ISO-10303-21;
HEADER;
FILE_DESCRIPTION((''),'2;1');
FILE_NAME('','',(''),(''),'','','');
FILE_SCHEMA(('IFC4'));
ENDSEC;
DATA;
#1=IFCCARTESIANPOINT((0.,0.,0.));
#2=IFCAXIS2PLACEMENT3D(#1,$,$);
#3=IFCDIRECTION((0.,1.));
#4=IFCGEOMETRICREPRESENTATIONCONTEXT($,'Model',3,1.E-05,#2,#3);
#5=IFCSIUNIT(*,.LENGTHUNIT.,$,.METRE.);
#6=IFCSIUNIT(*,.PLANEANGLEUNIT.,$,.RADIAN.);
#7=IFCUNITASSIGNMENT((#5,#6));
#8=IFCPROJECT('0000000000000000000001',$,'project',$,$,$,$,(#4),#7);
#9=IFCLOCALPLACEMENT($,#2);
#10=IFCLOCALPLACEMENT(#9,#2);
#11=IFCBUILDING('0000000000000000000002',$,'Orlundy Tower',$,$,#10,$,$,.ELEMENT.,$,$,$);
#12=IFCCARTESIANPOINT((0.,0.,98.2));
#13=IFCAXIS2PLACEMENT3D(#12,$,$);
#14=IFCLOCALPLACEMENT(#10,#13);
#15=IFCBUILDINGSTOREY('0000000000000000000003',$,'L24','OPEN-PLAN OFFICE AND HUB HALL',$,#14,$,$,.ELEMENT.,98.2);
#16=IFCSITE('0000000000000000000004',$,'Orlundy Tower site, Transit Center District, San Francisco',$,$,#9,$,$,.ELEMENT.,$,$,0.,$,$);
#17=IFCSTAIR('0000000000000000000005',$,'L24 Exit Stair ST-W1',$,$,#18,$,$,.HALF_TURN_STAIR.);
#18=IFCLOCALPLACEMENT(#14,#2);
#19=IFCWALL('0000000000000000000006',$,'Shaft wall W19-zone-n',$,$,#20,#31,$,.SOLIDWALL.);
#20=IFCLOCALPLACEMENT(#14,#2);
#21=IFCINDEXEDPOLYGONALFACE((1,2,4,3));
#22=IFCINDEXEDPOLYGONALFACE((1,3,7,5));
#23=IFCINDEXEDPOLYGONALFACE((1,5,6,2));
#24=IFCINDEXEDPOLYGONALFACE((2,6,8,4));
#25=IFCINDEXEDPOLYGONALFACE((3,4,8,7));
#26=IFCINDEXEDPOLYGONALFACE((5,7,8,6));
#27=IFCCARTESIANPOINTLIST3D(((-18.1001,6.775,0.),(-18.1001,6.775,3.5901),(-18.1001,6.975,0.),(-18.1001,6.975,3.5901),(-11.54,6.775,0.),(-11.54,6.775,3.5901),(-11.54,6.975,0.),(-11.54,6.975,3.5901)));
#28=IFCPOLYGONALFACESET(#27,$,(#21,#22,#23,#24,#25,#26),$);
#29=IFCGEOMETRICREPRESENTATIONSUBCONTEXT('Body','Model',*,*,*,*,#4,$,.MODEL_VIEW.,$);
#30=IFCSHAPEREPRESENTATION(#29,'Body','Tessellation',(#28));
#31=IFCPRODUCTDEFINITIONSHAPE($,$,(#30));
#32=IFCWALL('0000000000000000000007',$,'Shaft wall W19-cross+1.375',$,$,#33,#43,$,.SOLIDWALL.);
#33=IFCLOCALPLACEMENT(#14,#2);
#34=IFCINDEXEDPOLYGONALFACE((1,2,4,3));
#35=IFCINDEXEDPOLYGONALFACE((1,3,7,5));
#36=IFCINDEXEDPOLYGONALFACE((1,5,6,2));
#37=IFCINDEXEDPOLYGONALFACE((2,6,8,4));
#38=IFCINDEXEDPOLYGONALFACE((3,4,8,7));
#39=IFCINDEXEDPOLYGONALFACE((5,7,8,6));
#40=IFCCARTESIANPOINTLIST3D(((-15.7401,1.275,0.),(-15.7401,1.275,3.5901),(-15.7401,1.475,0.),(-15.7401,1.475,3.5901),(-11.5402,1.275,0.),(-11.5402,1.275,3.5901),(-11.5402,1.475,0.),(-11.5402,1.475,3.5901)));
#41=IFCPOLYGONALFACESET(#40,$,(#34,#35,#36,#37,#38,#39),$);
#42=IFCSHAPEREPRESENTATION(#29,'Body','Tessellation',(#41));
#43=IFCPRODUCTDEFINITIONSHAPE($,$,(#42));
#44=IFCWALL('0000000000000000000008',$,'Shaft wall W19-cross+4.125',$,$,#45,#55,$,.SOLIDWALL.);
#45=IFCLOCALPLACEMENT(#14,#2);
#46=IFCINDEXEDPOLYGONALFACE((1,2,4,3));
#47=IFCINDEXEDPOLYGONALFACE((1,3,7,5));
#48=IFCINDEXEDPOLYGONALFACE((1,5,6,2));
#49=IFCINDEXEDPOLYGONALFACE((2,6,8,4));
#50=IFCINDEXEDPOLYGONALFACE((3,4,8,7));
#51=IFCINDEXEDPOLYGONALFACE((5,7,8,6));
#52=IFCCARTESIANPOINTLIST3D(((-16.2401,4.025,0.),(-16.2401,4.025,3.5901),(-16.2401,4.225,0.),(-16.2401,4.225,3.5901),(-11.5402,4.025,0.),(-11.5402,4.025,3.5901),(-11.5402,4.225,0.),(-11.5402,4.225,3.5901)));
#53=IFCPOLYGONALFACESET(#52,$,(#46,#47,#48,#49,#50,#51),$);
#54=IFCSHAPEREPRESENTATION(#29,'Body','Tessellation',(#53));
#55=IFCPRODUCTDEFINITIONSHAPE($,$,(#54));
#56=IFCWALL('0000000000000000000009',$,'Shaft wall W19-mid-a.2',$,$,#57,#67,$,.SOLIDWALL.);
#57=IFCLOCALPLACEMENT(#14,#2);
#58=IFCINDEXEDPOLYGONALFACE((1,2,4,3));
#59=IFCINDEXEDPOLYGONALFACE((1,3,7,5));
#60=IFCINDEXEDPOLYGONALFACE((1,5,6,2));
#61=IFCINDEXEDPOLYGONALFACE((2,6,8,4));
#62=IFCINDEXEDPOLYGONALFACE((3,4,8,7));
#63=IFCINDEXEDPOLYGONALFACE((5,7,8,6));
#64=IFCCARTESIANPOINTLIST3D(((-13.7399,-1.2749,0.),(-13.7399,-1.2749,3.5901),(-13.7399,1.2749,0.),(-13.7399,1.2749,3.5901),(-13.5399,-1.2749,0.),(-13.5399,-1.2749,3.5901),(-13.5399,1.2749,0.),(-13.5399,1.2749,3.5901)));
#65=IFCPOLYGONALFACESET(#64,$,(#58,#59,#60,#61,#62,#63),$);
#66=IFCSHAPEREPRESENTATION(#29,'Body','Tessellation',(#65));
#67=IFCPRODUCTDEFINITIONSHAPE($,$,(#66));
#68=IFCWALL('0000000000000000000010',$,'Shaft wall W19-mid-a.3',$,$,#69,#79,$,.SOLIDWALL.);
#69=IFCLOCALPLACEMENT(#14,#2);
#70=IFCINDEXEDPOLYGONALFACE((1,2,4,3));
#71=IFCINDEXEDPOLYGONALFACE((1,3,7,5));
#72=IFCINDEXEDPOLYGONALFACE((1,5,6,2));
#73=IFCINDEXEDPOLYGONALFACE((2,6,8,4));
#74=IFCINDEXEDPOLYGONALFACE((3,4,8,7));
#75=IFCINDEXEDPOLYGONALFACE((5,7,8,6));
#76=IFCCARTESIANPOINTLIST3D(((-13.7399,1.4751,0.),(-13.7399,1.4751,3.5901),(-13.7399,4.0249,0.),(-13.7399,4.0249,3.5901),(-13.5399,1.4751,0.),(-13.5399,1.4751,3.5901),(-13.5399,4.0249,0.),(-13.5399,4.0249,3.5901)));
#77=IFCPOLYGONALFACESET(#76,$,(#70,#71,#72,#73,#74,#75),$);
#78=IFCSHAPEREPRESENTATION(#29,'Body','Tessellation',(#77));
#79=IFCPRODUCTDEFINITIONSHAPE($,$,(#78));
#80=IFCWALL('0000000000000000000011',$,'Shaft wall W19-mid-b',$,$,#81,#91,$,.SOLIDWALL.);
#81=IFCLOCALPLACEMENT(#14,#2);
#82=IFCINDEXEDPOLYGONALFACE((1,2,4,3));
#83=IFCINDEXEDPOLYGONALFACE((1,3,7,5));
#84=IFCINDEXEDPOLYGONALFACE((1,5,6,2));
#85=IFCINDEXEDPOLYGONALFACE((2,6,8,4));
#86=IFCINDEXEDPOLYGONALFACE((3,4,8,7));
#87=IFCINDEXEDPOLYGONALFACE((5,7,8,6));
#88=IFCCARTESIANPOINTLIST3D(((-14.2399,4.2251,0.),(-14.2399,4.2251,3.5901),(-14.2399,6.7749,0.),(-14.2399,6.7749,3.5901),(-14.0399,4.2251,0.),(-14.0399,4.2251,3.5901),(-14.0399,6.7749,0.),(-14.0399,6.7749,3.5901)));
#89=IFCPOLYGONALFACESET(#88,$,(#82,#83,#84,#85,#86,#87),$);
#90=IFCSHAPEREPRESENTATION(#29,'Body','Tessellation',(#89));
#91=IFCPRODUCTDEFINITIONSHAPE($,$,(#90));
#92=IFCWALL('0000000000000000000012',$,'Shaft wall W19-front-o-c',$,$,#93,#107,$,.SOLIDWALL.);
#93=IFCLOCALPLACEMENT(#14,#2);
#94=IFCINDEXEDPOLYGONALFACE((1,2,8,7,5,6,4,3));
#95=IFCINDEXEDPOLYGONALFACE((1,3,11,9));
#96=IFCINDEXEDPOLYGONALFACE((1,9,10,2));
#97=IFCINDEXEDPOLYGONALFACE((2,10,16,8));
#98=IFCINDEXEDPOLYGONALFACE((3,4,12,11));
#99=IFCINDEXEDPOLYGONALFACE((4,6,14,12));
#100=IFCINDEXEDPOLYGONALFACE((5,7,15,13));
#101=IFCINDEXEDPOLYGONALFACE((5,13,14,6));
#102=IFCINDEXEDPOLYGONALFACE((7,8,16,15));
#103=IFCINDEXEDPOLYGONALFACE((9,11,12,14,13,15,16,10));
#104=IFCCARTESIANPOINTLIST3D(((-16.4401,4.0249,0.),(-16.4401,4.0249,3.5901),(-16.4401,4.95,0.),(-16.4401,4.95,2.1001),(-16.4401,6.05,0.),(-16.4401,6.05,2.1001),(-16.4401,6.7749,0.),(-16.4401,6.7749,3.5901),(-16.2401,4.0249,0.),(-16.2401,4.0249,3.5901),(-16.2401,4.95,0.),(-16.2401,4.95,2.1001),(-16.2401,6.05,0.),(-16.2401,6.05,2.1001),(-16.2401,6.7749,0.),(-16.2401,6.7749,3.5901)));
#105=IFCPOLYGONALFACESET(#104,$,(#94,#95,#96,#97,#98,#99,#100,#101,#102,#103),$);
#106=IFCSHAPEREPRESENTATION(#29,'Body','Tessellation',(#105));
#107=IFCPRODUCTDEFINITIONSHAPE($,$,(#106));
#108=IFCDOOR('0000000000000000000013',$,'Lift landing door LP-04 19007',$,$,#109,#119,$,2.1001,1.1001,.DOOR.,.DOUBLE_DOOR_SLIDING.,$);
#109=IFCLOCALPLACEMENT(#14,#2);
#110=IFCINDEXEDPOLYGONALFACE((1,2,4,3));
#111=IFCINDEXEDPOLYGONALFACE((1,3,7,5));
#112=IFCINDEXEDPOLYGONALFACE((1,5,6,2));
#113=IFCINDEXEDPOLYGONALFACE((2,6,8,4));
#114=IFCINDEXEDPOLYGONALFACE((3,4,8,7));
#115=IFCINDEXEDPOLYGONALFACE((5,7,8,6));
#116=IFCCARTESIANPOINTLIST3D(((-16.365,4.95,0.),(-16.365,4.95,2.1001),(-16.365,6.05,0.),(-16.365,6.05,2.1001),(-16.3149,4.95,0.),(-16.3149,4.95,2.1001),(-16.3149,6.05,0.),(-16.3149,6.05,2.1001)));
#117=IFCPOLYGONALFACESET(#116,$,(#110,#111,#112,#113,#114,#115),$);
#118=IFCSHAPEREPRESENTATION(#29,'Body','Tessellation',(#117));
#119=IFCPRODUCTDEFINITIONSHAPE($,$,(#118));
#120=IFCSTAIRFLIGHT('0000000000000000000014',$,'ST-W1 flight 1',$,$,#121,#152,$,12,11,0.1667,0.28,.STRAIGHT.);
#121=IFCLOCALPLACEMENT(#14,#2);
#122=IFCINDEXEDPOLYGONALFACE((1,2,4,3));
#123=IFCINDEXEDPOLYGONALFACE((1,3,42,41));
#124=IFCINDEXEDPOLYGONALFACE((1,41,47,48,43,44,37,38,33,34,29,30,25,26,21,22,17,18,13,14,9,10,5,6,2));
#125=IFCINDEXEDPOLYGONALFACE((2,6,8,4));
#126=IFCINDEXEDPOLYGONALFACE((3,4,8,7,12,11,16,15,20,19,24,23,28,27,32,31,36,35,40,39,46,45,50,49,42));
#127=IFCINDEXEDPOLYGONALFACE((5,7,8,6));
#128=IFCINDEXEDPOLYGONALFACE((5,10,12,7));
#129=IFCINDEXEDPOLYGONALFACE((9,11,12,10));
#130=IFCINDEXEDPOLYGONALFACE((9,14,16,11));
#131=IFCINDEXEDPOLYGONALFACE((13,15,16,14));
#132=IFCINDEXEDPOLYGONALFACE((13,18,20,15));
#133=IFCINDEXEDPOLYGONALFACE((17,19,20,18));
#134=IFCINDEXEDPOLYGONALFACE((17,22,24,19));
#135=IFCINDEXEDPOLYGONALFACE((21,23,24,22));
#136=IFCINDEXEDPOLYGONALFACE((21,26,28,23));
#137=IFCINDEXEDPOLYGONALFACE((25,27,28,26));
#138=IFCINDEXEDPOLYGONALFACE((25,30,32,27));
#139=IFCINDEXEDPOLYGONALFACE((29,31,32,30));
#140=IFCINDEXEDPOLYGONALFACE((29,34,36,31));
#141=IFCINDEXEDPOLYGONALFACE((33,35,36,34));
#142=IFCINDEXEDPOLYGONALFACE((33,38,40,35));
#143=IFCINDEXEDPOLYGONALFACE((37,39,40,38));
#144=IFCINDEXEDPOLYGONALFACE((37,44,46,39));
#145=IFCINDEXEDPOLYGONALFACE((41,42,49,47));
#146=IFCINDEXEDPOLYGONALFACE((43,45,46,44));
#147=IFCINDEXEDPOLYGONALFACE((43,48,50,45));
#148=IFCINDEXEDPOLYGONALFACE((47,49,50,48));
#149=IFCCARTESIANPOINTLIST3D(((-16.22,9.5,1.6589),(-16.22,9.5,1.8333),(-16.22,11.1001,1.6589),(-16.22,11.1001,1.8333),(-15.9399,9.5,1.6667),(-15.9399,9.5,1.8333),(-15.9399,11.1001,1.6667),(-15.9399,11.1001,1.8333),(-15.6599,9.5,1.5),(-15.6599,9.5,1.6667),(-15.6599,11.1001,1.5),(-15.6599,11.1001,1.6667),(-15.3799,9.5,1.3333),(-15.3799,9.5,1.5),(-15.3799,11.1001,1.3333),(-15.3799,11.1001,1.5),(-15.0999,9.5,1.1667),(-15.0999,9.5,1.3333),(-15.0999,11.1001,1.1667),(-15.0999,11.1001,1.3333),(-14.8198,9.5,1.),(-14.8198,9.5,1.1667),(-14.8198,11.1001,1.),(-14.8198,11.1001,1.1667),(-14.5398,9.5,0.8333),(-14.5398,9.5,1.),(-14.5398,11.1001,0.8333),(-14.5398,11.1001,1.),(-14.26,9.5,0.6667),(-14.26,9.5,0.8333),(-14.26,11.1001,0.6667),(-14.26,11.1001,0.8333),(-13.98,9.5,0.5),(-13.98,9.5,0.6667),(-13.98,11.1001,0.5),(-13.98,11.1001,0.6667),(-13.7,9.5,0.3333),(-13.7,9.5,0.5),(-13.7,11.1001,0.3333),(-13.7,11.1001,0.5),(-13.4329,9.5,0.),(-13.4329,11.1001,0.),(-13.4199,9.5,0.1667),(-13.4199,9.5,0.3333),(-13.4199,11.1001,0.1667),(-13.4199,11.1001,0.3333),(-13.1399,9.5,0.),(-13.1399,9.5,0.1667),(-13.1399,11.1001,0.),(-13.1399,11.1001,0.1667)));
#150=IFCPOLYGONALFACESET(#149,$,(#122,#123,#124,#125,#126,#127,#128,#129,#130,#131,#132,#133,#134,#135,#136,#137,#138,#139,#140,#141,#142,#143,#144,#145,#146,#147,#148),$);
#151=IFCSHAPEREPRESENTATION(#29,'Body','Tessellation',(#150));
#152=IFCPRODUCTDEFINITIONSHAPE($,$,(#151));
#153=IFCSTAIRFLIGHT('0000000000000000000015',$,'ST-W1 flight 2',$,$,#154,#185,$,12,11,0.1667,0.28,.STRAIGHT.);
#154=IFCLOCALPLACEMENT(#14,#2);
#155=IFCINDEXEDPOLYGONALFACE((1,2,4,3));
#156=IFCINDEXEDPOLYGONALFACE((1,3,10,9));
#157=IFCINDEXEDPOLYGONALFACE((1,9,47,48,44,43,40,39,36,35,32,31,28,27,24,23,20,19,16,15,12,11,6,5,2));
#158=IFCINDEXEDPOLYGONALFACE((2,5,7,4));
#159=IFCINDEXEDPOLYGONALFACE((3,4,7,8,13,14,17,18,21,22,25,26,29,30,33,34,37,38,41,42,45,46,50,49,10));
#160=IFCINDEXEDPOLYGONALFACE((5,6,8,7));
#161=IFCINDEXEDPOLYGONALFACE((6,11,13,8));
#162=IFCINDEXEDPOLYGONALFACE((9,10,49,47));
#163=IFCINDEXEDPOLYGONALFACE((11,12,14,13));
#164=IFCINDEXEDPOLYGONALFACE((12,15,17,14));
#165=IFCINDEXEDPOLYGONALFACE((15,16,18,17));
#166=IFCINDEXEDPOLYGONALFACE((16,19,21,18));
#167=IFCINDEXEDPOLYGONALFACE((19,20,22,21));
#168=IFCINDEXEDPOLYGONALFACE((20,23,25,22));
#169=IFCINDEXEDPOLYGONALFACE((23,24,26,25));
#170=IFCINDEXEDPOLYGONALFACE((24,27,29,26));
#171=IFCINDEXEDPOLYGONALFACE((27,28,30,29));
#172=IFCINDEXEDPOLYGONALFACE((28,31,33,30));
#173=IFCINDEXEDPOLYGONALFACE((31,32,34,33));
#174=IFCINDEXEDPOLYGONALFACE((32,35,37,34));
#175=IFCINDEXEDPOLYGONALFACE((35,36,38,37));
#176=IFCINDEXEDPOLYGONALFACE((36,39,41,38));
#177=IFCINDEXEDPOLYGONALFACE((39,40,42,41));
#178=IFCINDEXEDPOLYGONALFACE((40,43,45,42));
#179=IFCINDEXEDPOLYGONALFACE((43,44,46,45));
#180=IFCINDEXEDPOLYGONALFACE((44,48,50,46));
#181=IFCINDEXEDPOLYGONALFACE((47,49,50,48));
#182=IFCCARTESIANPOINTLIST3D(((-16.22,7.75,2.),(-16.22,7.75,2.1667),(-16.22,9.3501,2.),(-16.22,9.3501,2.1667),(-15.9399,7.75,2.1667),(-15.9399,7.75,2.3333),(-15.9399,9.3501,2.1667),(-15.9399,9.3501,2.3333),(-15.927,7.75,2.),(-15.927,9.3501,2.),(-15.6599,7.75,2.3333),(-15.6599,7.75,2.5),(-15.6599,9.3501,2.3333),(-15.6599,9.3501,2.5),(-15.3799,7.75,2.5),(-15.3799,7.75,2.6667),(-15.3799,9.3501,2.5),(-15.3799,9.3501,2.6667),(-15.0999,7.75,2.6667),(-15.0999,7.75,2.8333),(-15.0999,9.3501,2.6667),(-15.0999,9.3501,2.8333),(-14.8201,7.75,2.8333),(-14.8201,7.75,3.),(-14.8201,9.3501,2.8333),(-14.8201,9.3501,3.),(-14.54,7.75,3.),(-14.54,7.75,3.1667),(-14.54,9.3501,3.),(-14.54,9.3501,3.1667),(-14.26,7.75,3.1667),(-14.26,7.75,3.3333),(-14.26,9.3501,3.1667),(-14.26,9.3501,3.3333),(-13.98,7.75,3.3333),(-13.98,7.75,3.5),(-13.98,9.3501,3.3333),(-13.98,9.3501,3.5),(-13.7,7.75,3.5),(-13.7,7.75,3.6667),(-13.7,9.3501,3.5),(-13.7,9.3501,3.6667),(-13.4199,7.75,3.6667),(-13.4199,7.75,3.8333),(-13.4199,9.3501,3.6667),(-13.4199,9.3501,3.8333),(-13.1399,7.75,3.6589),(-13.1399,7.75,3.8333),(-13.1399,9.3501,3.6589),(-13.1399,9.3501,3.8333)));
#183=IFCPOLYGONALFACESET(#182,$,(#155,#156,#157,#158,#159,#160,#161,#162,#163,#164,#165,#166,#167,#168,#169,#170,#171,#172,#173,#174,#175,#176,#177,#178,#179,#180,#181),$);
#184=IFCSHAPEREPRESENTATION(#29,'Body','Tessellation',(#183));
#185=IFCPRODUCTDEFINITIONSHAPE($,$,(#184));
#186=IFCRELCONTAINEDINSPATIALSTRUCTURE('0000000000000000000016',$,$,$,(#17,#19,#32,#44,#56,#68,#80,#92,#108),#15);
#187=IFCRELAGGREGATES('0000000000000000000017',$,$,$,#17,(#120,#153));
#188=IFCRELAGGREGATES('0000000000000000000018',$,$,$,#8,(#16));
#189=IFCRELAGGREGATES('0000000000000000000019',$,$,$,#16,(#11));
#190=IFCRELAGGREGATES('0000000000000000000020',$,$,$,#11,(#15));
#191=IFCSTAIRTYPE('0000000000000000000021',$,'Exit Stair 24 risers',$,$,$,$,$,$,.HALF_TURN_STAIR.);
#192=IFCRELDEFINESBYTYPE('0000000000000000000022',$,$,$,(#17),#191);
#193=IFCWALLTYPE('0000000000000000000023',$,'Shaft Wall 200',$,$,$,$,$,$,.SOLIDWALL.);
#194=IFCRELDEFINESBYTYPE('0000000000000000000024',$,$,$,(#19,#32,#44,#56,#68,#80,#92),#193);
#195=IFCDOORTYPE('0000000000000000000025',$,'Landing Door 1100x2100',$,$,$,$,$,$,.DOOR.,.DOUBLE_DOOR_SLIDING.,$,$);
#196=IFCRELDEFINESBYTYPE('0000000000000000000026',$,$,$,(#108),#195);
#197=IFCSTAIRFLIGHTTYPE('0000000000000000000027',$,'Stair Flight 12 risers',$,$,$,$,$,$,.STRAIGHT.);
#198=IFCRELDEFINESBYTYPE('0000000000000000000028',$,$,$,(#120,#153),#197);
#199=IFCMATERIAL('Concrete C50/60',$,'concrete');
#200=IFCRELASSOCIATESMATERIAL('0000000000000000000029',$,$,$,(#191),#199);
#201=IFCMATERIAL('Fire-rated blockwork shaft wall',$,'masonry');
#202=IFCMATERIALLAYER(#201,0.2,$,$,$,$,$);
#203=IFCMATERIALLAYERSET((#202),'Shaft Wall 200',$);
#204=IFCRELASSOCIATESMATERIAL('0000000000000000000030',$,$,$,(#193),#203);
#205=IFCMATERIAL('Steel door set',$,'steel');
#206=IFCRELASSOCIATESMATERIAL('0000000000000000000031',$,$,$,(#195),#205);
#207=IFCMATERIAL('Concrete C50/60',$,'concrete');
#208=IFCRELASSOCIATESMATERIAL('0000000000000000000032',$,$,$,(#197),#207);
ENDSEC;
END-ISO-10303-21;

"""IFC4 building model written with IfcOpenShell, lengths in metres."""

from ifc_helpers import new_model, si_unit, direction, frame, frame_2d, origin, place, context, subcontext, project, spatial, polyline, rectangle, outline, extrude, material, layer, layer_set, type_object, element, fill, aggregate, save


model = new_model("IFC4")

# Units and contexts
model_context = context("Model", 3, precision=1e-05, world=origin(), true_north=direction((0.0, 1.0)))
body_context = subcontext(model_context, "Body", "Model", "MODEL_VIEW")
ifc_project = project(units=[si_unit("LENGTHUNIT", "METRE"), si_unit("PLANEANGLEUNIT", "RADIAN")], contexts=[model_context])

# Site, building, storey
site_placement = place(None, origin())
site = spatial("IfcSite", under=ifc_project, at=site_placement, Name="Orlundy Tower site, Transit Center District, San Francisco", CompositionType="ELEMENT", RefElevation=0.0)
building_placement = place(site_placement, origin())
building = spatial("IfcBuilding", under=site, at=building_placement, Name="Orlundy Tower", CompositionType="ELEMENT")
storey_placement = place(building_placement, frame((0.0, 0.0, 98.2)))
storey = spatial("IfcBuildingStorey", under=building, at=storey_placement, Name="L24", Description="OPEN-PLAN OFFICE AND HUB HALL", CompositionType="ELEMENT", Elevation=98.2)

# Stair
ifc_material_1 = material(Name="Concrete C50/60", Category="concrete")
stair_type = type_object("IfcStairType", Name="Exit Stair 24 risers", PredefinedType="HALF_TURN_STAIR", material=ifc_material_1)
stair_1_placement = place(storey_placement, origin())
stair_1 = element("IfcStair", 1, at=stair_1_placement, inside=storey, type_object=stair_type, Name="L24 Exit Stair ST-W1", PredefinedType="HALF_TURN_STAIR")

# Walls
ifc_material_2 = material(Name="Fire-rated blockwork shaft wall", Category="masonry")
ifc_layer_1 = layer(ifc_material_2, 0.2)
ifc_layer_set_1 = layer_set([ifc_layer_1], Name="Shaft Wall 200")
wall_type_1 = type_object("IfcWallType", Name="Shaft Wall 200", PredefinedType="SOLIDWALL", material=ifc_layer_set_1)
wall_1_placement = place(storey_placement, frame((-11.54, 6.875, 0.0), z_axis=(0.0, 0.0, 1.0), x_axis=(-1.0, 0.0, 0.0)))
element("IfcWall", 2, at=wall_1_placement, inside=storey, type_object=wall_type_1, Name="Shaft wall W19-zone-n", PredefinedType="SOLIDWALL", context=body_context, shape_type="SweptSolid", body=[
    extrude(rectangle(XDim=6.5601, YDim=0.2, at=frame_2d((3.28, 0.0))), origin(), (0.0, 0.0, 1.0), 3.5901),
])
wall_2_placement = place(storey_placement, frame((-11.54, 1.375, 0.0), z_axis=(0.0, 0.0, 1.0), x_axis=(-1.0, 0.0, 0.0)))
element("IfcWall", 3, at=wall_2_placement, inside=storey, type_object=wall_type_1, Name="Shaft wall W19-cross+1.375", PredefinedType="SOLIDWALL", context=body_context, shape_type="SweptSolid", body=[
    extrude(rectangle(XDim=4.2, YDim=0.2, at=frame_2d((2.1001, 0.0))), origin(), (0.0, 0.0, 1.0), 3.5901),
])
wall_3_placement = place(storey_placement, frame((-11.54, 4.125, 0.0), z_axis=(0.0, 0.0, 1.0), x_axis=(-1.0, 0.0, 0.0)))
element("IfcWall", 4, at=wall_3_placement, inside=storey, type_object=wall_type_1, Name="Shaft wall W19-cross+4.125", PredefinedType="SOLIDWALL", context=body_context, shape_type="SweptSolid", body=[
    extrude(rectangle(XDim=4.7, YDim=0.2, at=frame_2d((2.3501, 0.0))), origin(), (0.0, 0.0, 1.0), 3.5901),
])
for number, where, z_axis, x_axis, name in (
    (5, (-13.6399, -1.2749, 0.0), (0.0, 0.0, 1.0), (0.0, 1.0, 0.0), "Shaft wall W19-mid-a.2"),
    (6, (-13.6399, 1.4751, 0.0), (0.0, 0.0, 1.0), (0.0, 1.0, 0.0), "Shaft wall W19-mid-a.3"),
    (7, (-14.1399, 4.2251, 0.0), (0.0, 0.0, 1.0), (0.0, 1.0, 0.0), "Shaft wall W19-mid-b"),
):
    element("IfcWall", number, at=place(storey_placement, frame(where, z_axis=z_axis, x_axis=x_axis)), inside=storey, type_object=wall_type_1, Name=name, PredefinedType="SOLIDWALL", context=body_context, shape_type="SweptSolid", body=[
        extrude(rectangle(XDim=2.5498, YDim=0.2, at=frame_2d((1.2749, 0.0))), origin(), (0.0, 0.0, 1.0), 3.5901),
    ])

# Wall, opening, door
wall_4_placement = place(storey_placement, frame((-16.3401, 4.0249, 0.0), z_axis=(0.0, 0.0, 1.0), x_axis=(0.0, 1.0, 0.0)))
wall_4 = element("IfcWall", 8, at=wall_4_placement, inside=storey, type_object=wall_type_1, Name="Shaft wall W19-front-o-c", PredefinedType="SOLIDWALL", context=body_context, shape_type="SweptSolid", body=[
    extrude(rectangle(XDim=2.75, YDim=0.2, at=frame_2d((1.375, 0.0))), origin(), (0.0, 0.0, 1.0), 3.5901),
])
opening_1_placement = place(wall_4_placement, frame((0.925, 0.0, 0.0)))
opening_1 = element("IfcOpeningElement", 9, at=opening_1_placement, cuts=wall_4, PredefinedType="OPENING", context=body_context, shape_type="SweptSolid", body=[
    extrude(rectangle(XDim=1.1001, YDim=2.1001, at=frame_2d((0.55, 1.05))), frame((0.0, 0.1101, 0.0), z_axis=(0.0, -1.0, 0.0), x_axis=(1.0, 0.0, 0.0)), (0.0, 0.0, 1.0), 0.2202),
])
ifc_material_3 = material(Name="Steel door set", Category="steel")
door_type_1 = type_object("IfcDoorType", Name="Landing Door 1100x2100", OperationType="DOUBLE_DOOR_SLIDING", PredefinedType="DOOR", material=ifc_material_3)
door_1_placement = place(opening_1_placement, origin())
door_1 = element("IfcDoor", 10, at=door_1_placement, inside=storey, type_object=door_type_1, Name="Lift landing door LP-04 19007", OperationType="DOUBLE_DOOR_SLIDING", OverallHeight=2.1001, OverallWidth=1.1001, PredefinedType="DOOR", context=body_context, shape_type="SweptSolid", body=[
    extrude(rectangle(XDim=1.1001, YDim=2.1001, at=frame_2d((0.55, 1.05))), frame((0.0, 0.0249, 0.0), z_axis=(0.0, -1.0, 0.0), x_axis=(1.0, 0.0, 0.0)), (0.0, 0.0, 1.0), 0.05),
])
fill(opening_1, door_1)

# Stair flights
ifc_material_4 = material(Name="Concrete C50/60", Category="concrete")
stair_flight_type = type_object("IfcStairFlightType", Name="Stair Flight 12 risers", PredefinedType="STRAIGHT", material=ifc_material_4)
stair_flight_1_placement = place(storey_placement, frame((-13.1399, 10.3, 0.0), z_axis=(0.0, 0.0, 1.0), x_axis=(-1.0, 0.0, 0.0)))
stair_flight_1 = element("IfcStairFlight", 11, at=stair_flight_1_placement, type_object=stair_flight_type, Name="ST-W1 flight 1", NumberOfRisers=12, NumberOfTreads=11, PredefinedType="STRAIGHT", RiserHeight=0.1667, TreadLength=0.28, context=body_context, shape_type="SweptSolid", body=[
    extrude(outline(polyline([(0.0, 0.0), (0.0, 0.1667), (0.28, 0.1667), (0.28, 0.3333), (0.5601, 0.3333), (0.5601, 0.5), (0.8401, 0.5), (0.8401, 0.6667), (1.1201, 0.6667), (1.1201, 0.8333), (1.3999, 0.8333), (1.3999, 1.0), (1.6799, 1.0), (1.6799, 1.1667), (1.96, 1.1667), (1.96, 1.3333), (2.24, 1.3333), (2.24, 1.5), (2.52, 1.5), (2.52, 1.6667), (2.8, 1.6667), (2.8, 1.8333), (3.0801, 1.8333), (3.0801, 2.0), (3.0801, 1.6589), (0.293, 0.0), (0.0, 0.0)])), frame((0.0, 0.8, 0.0), z_axis=(0.0, -1.0, 0.0), x_axis=(1.0, 0.0, 0.0)), (0.0, 0.0, 1.0), 1.6001),
])
stair_flight_2_placement = place(storey_placement, frame((-16.22, 8.55, 2.0), z_axis=(0.0, 0.0, 1.0), x_axis=(1.0, 0.0, 0.0)))
stair_flight_2 = element("IfcStairFlight", 12, at=stair_flight_2_placement, type_object=stair_flight_type, Name="ST-W1 flight 2", NumberOfRisers=12, NumberOfTreads=11, PredefinedType="STRAIGHT", RiserHeight=0.1667, TreadLength=0.28, context=body_context, shape_type="SweptSolid", body=[
    extrude(outline(polyline([(0.0, 0.0), (0.0, 0.1667), (0.28, 0.1667), (0.28, 0.3333), (0.5601, 0.3333), (0.5601, 0.5), (0.8401, 0.5), (0.8401, 0.6667), (1.1201, 0.6667), (1.1201, 0.8333), (1.3999, 0.8333), (1.3999, 1.0), (1.6799, 1.0), (1.6799, 1.1667), (1.96, 1.1667), (1.96, 1.3333), (2.24, 1.3333), (2.24, 1.5), (2.52, 1.5), (2.52, 1.6667), (2.8, 1.6667), (2.8, 1.8333), (3.0801, 1.8333), (3.0801, 2.0), (3.0801, 1.6589), (0.293, 0.0), (0.0, 0.0)])), frame((0.0, 0.8, 0.0), z_axis=(0.0, -1.0, 0.0), x_axis=(1.0, 0.0, 0.0)), (0.0, 0.0, 1.0), 1.6001),
])
aggregate(stair_1, [stair_flight_1, stair_flight_2])

save(model, "model.ifc")
